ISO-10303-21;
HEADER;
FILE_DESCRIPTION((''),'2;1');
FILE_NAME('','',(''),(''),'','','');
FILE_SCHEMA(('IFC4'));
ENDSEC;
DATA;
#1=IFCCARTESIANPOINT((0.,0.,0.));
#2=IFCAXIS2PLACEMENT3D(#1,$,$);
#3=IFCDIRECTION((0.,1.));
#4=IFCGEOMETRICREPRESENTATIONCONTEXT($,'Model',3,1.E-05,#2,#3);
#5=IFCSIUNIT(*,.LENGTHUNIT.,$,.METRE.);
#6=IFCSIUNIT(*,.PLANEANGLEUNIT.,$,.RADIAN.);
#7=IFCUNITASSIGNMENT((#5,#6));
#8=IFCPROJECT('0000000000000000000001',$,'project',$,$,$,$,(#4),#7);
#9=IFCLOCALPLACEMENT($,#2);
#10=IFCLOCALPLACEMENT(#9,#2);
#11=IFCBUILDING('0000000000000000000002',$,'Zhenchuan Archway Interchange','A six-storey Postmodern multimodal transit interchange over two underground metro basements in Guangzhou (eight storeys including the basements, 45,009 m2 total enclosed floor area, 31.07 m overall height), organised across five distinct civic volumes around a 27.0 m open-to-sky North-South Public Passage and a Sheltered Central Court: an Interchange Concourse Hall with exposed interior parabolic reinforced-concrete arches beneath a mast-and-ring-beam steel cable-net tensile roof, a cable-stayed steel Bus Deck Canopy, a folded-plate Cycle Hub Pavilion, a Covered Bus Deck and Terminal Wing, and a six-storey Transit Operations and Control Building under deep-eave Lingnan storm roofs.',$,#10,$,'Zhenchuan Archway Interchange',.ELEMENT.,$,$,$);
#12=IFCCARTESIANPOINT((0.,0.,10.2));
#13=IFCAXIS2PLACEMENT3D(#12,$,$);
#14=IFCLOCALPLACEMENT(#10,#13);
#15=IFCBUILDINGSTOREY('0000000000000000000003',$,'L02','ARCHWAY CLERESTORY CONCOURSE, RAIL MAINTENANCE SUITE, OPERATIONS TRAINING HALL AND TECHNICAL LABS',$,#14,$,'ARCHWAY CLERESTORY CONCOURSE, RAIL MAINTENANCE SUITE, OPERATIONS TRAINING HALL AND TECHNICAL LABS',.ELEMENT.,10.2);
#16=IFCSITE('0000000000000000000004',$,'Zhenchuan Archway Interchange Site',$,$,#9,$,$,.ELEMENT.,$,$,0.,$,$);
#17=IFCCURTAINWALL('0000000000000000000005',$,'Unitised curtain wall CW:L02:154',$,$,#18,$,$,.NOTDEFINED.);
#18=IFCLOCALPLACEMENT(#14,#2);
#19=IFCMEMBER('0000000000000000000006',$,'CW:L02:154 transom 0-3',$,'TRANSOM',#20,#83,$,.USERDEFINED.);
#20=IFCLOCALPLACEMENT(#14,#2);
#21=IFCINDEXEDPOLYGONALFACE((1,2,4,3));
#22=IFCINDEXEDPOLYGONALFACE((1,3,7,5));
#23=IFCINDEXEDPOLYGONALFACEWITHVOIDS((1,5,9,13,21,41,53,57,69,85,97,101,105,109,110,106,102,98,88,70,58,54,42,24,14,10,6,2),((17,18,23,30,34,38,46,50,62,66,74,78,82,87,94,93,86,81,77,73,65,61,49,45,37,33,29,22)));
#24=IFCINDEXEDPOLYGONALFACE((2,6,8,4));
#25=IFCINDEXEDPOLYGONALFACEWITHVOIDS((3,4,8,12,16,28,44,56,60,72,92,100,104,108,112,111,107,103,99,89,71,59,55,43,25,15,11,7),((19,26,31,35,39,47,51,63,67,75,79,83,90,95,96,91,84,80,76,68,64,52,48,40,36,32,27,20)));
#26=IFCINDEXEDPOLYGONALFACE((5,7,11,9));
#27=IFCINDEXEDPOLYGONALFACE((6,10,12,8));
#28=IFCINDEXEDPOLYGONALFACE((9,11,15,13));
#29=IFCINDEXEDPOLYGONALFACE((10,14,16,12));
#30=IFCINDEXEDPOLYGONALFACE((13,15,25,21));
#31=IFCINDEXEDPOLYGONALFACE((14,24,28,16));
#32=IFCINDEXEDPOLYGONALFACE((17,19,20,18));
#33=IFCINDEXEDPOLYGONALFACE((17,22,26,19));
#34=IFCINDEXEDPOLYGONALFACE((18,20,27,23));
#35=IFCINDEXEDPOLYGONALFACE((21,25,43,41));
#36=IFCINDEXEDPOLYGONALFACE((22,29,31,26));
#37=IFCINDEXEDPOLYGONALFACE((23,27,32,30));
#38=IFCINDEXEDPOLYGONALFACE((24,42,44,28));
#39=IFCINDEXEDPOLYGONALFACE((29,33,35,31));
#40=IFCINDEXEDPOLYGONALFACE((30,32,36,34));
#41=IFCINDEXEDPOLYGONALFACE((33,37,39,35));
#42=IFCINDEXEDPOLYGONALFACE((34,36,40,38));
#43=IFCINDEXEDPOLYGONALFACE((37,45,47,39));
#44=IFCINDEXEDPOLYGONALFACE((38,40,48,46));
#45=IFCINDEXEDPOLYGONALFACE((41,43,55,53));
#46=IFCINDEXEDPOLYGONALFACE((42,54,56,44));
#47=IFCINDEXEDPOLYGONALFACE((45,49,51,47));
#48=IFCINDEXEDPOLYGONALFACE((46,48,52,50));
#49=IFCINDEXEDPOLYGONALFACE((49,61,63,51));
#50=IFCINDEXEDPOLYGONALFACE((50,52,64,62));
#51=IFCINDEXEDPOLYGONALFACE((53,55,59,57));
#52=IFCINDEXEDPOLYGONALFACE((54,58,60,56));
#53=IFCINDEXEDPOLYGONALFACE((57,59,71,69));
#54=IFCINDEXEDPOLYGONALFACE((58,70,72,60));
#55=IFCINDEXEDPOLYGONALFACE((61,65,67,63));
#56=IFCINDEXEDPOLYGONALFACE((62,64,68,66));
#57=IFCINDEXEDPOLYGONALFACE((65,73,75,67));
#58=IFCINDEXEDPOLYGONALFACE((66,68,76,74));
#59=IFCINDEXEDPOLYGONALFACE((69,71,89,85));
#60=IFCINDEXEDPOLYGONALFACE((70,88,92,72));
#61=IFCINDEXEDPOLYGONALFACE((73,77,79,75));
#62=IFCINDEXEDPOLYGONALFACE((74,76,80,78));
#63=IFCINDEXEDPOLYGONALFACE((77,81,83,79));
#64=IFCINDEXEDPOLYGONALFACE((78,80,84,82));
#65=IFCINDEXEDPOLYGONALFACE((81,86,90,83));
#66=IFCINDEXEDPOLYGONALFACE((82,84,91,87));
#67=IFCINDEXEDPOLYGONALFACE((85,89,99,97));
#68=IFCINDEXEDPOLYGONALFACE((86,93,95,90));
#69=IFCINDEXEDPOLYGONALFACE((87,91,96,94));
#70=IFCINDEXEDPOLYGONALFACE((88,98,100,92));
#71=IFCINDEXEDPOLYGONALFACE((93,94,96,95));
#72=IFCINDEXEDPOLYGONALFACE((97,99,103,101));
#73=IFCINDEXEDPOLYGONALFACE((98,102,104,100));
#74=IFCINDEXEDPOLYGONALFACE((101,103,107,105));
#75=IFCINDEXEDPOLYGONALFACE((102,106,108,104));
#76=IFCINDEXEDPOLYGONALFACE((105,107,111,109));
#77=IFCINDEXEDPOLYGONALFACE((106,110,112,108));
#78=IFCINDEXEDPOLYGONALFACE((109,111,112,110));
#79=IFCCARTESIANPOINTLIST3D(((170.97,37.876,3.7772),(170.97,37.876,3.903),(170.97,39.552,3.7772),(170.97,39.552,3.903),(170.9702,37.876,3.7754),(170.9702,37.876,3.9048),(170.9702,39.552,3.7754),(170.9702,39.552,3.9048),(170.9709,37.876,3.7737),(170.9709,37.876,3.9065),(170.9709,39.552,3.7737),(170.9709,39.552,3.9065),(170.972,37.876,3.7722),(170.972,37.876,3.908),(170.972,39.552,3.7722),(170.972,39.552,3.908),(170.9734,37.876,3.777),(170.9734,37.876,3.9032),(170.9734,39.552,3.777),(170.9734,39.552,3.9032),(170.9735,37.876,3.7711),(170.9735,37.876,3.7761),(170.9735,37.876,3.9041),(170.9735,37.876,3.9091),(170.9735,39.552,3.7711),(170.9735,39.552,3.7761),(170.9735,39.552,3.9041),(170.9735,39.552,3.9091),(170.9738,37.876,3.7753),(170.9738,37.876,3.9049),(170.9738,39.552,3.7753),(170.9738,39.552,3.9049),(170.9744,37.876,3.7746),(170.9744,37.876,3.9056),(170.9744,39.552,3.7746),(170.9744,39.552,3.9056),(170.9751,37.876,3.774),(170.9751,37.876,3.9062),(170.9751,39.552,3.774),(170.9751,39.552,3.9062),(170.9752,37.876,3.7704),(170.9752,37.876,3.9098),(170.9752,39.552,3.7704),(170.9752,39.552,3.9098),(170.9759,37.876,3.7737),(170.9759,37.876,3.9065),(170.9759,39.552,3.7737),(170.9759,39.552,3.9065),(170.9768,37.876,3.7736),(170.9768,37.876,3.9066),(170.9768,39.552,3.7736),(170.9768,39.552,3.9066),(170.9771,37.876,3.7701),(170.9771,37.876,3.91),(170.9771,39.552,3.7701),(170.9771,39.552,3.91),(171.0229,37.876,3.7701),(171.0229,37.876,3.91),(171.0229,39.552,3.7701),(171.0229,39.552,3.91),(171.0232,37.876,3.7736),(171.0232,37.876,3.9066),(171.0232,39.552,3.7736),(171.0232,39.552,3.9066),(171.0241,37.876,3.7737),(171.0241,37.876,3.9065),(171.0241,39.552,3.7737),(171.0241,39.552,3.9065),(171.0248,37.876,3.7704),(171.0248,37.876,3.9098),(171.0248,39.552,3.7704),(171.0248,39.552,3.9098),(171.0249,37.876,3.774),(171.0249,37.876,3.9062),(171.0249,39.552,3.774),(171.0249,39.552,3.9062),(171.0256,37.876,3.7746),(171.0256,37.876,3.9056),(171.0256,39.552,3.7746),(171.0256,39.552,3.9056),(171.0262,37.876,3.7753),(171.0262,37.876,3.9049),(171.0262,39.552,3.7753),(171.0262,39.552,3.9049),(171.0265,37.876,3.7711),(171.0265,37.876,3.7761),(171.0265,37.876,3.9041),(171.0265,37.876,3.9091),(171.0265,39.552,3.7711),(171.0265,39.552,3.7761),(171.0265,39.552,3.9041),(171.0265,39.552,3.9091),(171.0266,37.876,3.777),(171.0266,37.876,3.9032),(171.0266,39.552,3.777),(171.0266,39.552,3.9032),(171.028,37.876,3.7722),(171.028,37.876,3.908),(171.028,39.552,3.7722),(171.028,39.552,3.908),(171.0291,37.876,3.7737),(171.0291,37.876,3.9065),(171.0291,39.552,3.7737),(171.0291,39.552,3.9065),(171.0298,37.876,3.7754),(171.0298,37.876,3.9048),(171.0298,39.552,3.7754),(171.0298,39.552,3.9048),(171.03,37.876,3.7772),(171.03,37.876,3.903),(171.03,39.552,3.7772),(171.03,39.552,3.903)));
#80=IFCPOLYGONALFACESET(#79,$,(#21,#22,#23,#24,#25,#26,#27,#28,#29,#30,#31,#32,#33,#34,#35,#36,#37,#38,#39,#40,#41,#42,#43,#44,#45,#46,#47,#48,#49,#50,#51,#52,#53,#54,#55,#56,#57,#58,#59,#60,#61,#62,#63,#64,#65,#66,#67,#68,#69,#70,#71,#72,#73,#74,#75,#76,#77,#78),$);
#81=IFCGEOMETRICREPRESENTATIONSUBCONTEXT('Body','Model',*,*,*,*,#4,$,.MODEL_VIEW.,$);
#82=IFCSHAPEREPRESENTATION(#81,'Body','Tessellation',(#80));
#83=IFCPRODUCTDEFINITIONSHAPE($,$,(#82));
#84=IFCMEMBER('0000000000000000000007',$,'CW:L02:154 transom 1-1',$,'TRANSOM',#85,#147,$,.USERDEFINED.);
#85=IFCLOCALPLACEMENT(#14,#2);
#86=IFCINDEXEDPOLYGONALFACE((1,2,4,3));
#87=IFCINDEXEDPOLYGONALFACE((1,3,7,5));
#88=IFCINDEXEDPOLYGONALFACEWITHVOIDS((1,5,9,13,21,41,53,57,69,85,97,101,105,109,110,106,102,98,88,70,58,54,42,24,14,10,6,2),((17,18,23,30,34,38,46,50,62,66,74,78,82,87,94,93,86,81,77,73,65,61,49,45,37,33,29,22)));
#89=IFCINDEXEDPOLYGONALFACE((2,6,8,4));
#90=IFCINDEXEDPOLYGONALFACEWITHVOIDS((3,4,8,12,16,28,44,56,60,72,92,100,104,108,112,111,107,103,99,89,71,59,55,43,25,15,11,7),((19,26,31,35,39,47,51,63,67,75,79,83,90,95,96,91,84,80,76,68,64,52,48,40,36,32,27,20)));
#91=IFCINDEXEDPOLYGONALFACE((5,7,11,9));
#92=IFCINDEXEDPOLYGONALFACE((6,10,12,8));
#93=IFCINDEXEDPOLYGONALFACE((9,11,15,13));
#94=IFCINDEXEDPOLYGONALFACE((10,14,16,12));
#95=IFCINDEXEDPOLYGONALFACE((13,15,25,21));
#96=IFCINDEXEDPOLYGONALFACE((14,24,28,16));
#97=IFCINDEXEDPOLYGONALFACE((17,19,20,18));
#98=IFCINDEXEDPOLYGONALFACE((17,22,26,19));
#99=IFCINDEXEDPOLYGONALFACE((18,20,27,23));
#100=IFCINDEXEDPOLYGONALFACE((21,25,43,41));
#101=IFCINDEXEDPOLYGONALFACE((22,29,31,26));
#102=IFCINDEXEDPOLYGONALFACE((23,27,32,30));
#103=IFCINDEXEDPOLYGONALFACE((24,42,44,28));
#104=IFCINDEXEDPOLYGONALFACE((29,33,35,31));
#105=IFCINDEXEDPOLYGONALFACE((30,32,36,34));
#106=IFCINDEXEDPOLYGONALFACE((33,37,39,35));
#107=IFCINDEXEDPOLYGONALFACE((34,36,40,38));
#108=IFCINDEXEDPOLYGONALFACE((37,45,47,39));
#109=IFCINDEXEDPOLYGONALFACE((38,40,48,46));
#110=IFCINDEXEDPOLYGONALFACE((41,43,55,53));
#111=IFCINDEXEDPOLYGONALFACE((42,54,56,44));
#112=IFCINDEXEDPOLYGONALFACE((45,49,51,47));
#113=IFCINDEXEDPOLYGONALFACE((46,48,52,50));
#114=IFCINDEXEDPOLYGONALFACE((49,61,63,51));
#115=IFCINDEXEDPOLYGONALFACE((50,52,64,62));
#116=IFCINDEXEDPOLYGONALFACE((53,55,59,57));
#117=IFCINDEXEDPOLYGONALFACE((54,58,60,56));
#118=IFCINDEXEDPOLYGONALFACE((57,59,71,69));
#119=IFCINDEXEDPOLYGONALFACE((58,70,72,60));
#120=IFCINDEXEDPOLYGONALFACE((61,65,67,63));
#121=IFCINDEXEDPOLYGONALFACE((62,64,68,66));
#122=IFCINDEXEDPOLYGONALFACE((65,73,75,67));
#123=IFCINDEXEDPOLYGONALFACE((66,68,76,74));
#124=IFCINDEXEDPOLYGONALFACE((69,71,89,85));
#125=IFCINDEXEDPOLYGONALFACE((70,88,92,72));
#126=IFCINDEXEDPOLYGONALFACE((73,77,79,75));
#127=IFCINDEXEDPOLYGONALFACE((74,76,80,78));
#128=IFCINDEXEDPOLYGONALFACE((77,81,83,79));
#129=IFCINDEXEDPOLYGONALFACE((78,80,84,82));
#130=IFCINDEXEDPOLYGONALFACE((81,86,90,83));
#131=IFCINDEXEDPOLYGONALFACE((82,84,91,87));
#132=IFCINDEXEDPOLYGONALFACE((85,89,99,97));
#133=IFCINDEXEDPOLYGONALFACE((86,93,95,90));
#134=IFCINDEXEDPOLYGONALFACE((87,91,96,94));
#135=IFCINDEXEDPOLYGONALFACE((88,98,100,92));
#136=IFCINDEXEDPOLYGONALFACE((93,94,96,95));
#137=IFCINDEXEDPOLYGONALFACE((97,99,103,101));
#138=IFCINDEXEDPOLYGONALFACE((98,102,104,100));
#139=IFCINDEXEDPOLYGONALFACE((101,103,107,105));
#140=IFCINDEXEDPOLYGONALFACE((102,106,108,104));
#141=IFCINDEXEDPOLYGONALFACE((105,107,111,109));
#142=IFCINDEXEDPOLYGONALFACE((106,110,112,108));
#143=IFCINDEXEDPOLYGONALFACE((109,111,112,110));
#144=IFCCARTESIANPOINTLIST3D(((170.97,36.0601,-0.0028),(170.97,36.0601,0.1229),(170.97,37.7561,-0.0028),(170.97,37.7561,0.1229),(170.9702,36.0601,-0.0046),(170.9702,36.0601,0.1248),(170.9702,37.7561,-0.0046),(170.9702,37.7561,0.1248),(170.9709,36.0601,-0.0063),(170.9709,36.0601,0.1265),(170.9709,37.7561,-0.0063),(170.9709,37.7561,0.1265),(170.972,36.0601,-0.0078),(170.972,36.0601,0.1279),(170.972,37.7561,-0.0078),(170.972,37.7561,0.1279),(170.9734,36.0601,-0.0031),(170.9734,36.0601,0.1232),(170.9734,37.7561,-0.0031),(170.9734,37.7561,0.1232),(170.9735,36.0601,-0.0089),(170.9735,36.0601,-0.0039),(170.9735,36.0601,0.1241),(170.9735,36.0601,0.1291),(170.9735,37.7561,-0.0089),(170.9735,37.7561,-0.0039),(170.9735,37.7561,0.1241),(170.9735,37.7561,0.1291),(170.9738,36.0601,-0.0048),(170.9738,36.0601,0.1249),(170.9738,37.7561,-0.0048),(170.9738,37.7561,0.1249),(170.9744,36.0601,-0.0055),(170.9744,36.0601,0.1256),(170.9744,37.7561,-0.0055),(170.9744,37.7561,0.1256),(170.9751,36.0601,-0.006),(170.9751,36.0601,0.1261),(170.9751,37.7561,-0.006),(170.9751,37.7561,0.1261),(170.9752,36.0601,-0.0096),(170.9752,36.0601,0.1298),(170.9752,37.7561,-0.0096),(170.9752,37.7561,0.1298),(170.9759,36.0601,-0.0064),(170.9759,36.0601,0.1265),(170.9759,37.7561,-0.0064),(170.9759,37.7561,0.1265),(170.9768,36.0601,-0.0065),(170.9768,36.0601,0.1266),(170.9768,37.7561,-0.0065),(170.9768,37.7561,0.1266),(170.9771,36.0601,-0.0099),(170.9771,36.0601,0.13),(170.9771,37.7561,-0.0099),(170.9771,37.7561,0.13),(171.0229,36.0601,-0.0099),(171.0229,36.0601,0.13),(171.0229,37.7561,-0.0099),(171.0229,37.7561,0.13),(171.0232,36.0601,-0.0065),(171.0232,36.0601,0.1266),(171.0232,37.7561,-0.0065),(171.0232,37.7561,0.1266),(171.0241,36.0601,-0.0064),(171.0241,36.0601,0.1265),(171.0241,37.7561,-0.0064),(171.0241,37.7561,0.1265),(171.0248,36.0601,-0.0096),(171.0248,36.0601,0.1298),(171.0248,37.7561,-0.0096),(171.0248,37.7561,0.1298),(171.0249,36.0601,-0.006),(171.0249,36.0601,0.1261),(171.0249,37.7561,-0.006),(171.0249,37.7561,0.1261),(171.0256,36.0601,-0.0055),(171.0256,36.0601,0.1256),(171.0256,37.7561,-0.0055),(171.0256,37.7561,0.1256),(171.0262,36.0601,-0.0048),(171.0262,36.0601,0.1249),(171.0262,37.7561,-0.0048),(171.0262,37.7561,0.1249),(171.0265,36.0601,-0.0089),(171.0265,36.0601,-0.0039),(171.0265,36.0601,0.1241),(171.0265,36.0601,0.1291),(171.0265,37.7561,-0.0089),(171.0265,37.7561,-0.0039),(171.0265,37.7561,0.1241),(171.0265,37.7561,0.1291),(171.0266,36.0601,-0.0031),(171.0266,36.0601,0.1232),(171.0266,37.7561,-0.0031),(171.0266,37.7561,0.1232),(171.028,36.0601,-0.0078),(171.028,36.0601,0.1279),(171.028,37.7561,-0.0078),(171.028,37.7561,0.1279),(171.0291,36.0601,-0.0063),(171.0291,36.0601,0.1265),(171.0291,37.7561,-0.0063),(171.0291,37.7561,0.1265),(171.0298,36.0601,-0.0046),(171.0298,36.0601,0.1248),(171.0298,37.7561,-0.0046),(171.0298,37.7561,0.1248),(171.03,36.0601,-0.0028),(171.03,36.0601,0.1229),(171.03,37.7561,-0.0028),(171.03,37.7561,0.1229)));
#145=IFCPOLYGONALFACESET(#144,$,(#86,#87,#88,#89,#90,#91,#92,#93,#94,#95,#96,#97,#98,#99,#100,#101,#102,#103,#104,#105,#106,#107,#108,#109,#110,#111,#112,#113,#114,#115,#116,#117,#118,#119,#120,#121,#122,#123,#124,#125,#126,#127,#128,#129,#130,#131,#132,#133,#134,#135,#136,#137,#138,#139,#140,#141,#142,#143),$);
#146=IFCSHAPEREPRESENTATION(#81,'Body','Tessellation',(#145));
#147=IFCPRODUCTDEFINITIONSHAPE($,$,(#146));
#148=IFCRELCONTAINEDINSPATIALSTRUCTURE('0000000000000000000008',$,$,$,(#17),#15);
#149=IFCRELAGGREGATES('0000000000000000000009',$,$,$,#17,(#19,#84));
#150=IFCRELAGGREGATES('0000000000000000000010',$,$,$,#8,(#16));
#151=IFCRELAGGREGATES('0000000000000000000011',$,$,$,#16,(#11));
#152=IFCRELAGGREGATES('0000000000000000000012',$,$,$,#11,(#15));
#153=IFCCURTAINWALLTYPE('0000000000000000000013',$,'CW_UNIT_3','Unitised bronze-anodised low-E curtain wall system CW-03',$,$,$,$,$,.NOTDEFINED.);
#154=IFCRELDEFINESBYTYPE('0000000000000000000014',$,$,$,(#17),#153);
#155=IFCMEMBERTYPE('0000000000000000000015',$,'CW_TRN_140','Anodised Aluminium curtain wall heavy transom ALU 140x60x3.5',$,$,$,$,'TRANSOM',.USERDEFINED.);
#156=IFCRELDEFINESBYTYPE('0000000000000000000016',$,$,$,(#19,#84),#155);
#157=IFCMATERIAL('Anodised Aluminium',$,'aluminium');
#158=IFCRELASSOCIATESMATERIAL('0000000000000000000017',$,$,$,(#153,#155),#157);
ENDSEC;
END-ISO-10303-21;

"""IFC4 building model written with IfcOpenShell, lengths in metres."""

from ifc_helpers import new_model, si_unit, direction, frame, origin, origin_2d, place, context, subcontext, project, spatial, hollow_rectangle, extrude, material, material_profile, profile_set, type_object, element, aggregate, save


model = new_model("IFC4")

# Units and contexts
model_context = context("Model", 3, precision=1e-05, world=origin(), true_north=direction((0.0, 1.0)))
body_context = subcontext(model_context, "Body", "Model", "MODEL_VIEW")
ifc_project = project(units=[si_unit("LENGTHUNIT", "METRE"), si_unit("PLANEANGLEUNIT", "RADIAN")], contexts=[model_context])

# Site, building, storey
site_placement = place(None, origin())
site = spatial("IfcSite", under=ifc_project, at=site_placement, Name="Zhenchuan Archway Interchange Site", CompositionType="ELEMENT", RefElevation=0.0)
building_placement = place(site_placement, origin())
building = spatial("IfcBuilding", under=site, at=building_placement, Name="Zhenchuan Archway Interchange", Description="A six-storey Postmodern multimodal transit interchange over two underground metro basements in Guangzhou (eight storeys including the basements, 45,009 m2 total enclosed floor area, 31.07 m overall height), organised across five distinct civic volumes around a 27.0 m open-to-sky North-South Public Passage and a Sheltered Central Court: an Interchange Concourse Hall with exposed interior parabolic reinforced-concrete arches beneath a mast-and-ring-beam steel cable-net tensile roof, a cable-stayed steel Bus Deck Canopy, a folded-plate Cycle Hub Pavilion, a Covered Bus Deck and Terminal Wing, and a six-storey Transit Operations and Control Building under deep-eave Lingnan storm roofs.", LongName="Zhenchuan Archway Interchange", CompositionType="ELEMENT")
storey_placement = place(building_placement, frame((0.0, 0.0, 10.2)))
storey = spatial("IfcBuildingStorey", under=building, at=storey_placement, Name="L02", Description="ARCHWAY CLERESTORY CONCOURSE, RAIL MAINTENANCE SUITE, OPERATIONS TRAINING HALL AND TECHNICAL LABS", LongName="ARCHWAY CLERESTORY CONCOURSE, RAIL MAINTENANCE SUITE, OPERATIONS TRAINING HALL AND TECHNICAL LABS", CompositionType="ELEMENT", Elevation=10.2)

# Curtain wall, members
ifc_material_1 = material(Name="Anodised Aluminium", Category="aluminium")
curtain_wall_type = type_object("IfcCurtainWallType", Name="CW_UNIT_3", Description="Unitised bronze-anodised low-E curtain wall system CW-03", PredefinedType="NOTDEFINED", material=ifc_material_1)
curtain_wall_placement = place(storey_placement, origin())
curtain_wall = element("IfcCurtainWall", 1, at=curtain_wall_placement, inside=storey, type_object=curtain_wall_type, Name="Unitised curtain wall CW:L02:154", PredefinedType="NOTDEFINED")
ifc_material_profile_1 = material_profile(ifc_material_1, hollow_rectangle(XDim=0.0601, YDim=0.1399, WallThickness=0.0034, InnerFilletRadius=0.0034, OuterFilletRadius=0.0071, at=origin_2d()), Name="ALU 140x60x3.5")
ifc_profile_set_1 = profile_set([ifc_material_profile_1], Name="Anodised Aluminium")
member_type_1 = type_object("IfcMemberType", Name="CW_TRN_140", Description="Anodised Aluminium curtain wall heavy transom ALU 140x60x3.5", ElementType="TRANSOM", PredefinedType="USERDEFINED", material=ifc_profile_set_1)
member_1_placement = place(storey_placement, frame((171.0, 39.552, 3.8401), z_axis=(0.0, -1.0, 0.0), x_axis=(1.0, 0.0, 0.0)))
member_1 = element("IfcMember", 2, at=member_1_placement, type_object=member_type_1, Name="CW:L02:154 transom 0-3", ObjectType="TRANSOM", PredefinedType="USERDEFINED", context=body_context, shape_type="SweptSolid", body=[
    extrude(hollow_rectangle(XDim=0.0601, YDim=0.1399, WallThickness=0.0034, InnerFilletRadius=0.0034, OuterFilletRadius=0.0071, at=origin_2d()), origin(), (0.0, 0.0, 1.0), 1.676),
])
member_2_placement = place(storey_placement, frame((171.0, 37.7561, 0.0601), z_axis=(0.0, -1.0, 0.0), x_axis=(1.0, 0.0, 0.0)))
member_2 = element("IfcMember", 3, at=member_2_placement, type_object=member_type_1, Name="CW:L02:154 transom 1-1", ObjectType="TRANSOM", PredefinedType="USERDEFINED", context=body_context, shape_type="SweptSolid", body=[
    extrude(hollow_rectangle(XDim=0.0601, YDim=0.1399, WallThickness=0.0034, InnerFilletRadius=0.0034, OuterFilletRadius=0.0071, at=origin_2d()), origin(), (0.0, 0.0, 1.0), 1.696),
])
aggregate(curtain_wall, [member_1, member_2])

save(model, "model.ifc")
